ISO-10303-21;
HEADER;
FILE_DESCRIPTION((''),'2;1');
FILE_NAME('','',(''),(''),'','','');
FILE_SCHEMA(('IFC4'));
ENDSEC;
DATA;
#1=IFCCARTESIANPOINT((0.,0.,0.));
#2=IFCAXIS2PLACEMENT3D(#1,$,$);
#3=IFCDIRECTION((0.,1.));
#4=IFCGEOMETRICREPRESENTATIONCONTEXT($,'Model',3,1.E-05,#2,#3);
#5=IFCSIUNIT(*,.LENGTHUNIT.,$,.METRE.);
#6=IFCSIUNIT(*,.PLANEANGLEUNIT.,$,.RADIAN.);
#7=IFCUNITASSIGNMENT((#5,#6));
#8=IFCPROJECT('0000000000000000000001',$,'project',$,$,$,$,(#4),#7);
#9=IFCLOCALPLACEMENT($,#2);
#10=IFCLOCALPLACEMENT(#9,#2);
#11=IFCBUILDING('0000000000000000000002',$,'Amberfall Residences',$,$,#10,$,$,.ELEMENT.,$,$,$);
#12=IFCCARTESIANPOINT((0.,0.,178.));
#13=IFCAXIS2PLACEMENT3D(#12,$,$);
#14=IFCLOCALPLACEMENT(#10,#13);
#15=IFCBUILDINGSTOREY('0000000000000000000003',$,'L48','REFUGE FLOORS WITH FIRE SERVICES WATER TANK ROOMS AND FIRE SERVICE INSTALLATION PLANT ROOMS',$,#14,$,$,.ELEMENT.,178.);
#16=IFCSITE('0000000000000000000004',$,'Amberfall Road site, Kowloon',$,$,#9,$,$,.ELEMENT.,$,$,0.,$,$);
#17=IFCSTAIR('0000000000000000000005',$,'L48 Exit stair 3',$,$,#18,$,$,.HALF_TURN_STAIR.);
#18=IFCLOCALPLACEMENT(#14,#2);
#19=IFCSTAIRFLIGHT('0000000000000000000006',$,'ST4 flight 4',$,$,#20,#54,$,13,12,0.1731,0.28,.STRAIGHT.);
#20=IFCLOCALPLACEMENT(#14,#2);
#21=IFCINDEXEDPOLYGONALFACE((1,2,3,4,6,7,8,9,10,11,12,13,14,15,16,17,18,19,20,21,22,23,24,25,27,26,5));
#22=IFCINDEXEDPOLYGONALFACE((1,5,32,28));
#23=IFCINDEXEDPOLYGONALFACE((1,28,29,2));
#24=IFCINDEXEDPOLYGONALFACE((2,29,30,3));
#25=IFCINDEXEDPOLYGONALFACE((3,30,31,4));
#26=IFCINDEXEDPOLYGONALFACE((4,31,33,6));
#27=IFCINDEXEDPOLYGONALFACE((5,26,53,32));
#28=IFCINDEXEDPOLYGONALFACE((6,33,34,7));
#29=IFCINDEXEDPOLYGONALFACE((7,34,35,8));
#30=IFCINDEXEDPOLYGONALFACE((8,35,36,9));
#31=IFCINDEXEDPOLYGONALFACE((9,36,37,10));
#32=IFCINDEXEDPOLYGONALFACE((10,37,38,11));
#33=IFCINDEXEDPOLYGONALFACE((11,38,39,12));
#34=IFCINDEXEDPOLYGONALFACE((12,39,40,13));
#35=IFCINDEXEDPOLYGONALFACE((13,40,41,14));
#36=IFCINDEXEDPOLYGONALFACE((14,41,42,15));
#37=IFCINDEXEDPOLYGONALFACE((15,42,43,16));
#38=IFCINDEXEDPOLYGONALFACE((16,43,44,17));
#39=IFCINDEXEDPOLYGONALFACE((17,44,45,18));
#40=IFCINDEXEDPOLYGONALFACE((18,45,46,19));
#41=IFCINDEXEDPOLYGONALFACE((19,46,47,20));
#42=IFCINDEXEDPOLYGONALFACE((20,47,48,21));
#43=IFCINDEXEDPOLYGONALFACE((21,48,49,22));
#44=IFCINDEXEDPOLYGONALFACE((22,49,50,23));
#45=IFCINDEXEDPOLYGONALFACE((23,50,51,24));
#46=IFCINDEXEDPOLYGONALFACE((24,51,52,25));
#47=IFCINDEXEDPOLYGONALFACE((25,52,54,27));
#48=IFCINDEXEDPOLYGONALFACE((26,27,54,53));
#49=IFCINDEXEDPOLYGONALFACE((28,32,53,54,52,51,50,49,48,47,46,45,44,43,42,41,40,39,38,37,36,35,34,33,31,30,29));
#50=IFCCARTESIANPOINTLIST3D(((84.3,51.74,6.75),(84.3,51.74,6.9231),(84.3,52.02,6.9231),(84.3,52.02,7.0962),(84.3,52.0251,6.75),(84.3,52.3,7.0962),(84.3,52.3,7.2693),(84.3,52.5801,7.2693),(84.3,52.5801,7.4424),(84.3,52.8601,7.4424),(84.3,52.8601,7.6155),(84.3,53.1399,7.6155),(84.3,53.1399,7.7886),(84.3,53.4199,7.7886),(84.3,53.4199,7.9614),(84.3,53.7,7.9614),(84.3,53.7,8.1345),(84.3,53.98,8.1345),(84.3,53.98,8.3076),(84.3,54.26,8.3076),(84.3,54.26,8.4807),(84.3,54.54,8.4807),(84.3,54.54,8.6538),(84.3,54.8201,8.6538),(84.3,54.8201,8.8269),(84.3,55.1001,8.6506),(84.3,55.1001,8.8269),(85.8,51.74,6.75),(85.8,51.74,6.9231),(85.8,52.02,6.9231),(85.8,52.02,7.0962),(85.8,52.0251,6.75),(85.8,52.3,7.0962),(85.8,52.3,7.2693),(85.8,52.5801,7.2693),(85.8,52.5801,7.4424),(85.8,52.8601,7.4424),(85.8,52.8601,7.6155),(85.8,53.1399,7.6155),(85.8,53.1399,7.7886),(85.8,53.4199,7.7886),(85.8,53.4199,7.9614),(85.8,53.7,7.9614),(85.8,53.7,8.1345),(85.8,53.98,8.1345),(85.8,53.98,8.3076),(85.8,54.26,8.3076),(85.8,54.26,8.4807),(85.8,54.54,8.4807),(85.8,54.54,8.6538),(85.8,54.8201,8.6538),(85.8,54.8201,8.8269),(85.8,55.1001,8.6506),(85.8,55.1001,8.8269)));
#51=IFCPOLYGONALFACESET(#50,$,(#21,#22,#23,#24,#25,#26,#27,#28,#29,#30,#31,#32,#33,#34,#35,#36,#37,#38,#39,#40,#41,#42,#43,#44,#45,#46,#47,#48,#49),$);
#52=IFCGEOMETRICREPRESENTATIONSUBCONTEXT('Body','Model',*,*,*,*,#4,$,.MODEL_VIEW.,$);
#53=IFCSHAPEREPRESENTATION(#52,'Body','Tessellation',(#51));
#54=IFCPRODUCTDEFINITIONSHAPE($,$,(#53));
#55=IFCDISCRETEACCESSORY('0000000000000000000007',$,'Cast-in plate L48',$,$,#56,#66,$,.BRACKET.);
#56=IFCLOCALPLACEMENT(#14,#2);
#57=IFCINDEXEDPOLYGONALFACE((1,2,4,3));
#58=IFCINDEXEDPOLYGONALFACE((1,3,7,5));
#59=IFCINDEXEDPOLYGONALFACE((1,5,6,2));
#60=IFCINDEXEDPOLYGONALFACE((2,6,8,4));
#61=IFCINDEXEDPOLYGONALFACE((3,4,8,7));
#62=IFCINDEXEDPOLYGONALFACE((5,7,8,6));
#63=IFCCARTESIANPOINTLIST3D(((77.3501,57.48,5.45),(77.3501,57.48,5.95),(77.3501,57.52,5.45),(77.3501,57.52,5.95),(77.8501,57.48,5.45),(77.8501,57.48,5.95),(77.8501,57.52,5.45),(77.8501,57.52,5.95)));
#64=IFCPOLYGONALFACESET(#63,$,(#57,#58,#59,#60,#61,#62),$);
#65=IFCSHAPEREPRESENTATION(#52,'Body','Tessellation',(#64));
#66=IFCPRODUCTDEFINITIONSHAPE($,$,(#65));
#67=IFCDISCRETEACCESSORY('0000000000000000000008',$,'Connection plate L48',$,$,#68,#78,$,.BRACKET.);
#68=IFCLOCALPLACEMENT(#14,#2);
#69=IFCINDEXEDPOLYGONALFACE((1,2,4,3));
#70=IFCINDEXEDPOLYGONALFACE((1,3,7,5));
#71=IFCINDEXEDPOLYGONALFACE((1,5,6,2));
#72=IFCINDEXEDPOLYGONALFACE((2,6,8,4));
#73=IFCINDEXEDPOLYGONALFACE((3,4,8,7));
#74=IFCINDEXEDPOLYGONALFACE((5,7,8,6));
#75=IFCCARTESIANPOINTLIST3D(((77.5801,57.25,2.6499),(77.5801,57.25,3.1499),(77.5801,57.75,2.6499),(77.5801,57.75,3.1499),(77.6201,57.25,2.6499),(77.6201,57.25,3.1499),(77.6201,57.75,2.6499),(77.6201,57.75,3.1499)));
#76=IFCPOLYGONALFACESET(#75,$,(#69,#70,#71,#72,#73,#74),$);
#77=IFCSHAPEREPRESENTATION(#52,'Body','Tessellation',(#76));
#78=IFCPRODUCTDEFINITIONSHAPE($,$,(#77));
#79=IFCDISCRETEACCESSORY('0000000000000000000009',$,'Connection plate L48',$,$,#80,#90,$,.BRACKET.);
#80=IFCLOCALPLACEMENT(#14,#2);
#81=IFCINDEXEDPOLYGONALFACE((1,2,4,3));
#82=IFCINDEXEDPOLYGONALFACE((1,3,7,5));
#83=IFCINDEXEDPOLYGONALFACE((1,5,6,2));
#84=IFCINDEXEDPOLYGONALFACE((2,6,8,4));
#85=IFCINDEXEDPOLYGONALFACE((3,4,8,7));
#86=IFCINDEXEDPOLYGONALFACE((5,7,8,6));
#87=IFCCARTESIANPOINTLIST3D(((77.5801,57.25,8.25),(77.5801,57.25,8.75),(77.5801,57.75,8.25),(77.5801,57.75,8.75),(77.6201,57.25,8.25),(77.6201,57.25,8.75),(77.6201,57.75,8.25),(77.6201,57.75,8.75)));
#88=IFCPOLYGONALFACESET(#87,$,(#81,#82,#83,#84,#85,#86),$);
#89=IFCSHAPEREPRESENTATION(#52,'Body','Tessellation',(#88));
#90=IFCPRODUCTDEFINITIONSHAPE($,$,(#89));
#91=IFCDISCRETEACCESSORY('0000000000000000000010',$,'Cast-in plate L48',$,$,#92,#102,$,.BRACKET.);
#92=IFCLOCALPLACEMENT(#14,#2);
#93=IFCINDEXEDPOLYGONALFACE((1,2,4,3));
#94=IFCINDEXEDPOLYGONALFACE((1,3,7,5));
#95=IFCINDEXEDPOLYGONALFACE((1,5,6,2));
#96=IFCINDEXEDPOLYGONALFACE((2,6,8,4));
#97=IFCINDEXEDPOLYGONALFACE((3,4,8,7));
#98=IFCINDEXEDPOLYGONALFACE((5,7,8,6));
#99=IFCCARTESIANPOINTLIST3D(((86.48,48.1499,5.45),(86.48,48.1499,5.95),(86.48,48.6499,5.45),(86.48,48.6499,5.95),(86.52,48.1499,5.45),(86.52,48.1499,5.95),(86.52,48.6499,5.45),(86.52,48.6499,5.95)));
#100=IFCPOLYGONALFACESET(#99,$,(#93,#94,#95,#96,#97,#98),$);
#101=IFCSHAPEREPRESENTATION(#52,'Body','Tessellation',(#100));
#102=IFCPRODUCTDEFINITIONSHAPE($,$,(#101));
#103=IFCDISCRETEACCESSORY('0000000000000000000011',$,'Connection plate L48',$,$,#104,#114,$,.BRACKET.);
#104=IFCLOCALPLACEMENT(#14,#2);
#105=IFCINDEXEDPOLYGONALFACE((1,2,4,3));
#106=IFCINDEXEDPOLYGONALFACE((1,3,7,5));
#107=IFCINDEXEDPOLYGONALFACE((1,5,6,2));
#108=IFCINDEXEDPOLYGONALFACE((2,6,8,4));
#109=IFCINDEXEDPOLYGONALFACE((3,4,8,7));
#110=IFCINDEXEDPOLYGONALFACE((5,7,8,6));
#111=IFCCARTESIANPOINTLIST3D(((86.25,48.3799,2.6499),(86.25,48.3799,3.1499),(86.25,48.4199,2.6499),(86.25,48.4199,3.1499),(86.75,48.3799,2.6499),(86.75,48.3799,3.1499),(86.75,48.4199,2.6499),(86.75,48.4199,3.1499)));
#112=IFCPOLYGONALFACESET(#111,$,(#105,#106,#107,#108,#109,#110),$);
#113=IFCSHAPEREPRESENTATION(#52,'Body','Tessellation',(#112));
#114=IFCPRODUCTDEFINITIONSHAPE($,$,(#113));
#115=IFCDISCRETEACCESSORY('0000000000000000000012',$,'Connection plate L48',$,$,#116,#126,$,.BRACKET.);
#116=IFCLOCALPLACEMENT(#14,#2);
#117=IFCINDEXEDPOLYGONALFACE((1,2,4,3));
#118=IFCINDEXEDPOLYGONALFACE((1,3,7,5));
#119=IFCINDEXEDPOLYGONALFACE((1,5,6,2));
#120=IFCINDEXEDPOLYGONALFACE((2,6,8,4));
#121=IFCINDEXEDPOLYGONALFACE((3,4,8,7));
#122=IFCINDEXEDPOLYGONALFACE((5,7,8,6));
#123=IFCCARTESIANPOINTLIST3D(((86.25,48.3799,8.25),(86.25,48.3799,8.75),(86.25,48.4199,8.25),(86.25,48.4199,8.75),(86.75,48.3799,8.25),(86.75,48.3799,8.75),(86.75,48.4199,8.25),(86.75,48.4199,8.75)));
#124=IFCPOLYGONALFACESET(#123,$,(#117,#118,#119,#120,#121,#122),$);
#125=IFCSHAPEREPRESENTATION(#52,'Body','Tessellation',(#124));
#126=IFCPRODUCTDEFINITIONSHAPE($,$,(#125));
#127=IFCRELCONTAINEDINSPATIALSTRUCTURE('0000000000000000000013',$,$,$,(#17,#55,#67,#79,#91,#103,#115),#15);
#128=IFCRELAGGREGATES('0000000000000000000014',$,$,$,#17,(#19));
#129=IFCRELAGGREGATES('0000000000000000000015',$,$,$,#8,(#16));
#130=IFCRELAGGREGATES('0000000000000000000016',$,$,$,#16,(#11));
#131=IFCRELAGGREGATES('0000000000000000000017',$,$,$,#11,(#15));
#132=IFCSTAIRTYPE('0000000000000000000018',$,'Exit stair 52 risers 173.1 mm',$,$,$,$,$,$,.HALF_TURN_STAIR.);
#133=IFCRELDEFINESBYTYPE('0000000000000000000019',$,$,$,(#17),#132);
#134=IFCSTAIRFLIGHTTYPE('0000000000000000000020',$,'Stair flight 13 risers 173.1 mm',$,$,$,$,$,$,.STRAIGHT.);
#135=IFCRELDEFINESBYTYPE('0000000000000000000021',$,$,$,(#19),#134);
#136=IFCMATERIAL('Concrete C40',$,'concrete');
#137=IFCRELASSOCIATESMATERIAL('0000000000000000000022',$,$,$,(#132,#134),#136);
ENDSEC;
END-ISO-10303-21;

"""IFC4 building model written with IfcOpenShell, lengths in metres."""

from ifc_helpers import new_model, si_unit, direction, frame, origin, origin_2d, place, context, subcontext, project, spatial, polyline, rectangle, outline, extrude, material, type_object, element, aggregate, save


model = new_model("IFC4")

# Units and contexts
model_context = context("Model", 3, precision=1e-05, world=origin(), true_north=direction((0.0, 1.0)))
body_context = subcontext(model_context, "Body", "Model", "MODEL_VIEW")
ifc_project = project(units=[si_unit("LENGTHUNIT", "METRE"), si_unit("PLANEANGLEUNIT", "RADIAN")], contexts=[model_context])

# Site, building, storey
site_placement = place(None, origin())
site = spatial("IfcSite", under=ifc_project, at=site_placement, Name="Amberfall Road site, Kowloon", CompositionType="ELEMENT", RefElevation=0.0)
building_placement = place(site_placement, origin())
building = spatial("IfcBuilding", under=site, at=building_placement, Name="Amberfall Residences", CompositionType="ELEMENT")
storey_placement = place(building_placement, frame((0.0, 0.0, 178.0)))
storey = spatial("IfcBuildingStorey", under=building, at=storey_placement, Name="L48", Description="REFUGE FLOORS WITH FIRE SERVICES WATER TANK ROOMS AND FIRE SERVICE INSTALLATION PLANT ROOMS", CompositionType="ELEMENT", Elevation=178.0)

# Shared definitions
ifc_material_1 = material(Name="Concrete C40", Category="concrete")

# Stair, stair flight
stair_type = type_object("IfcStairType", Name="Exit stair 52 risers 173.1 mm", PredefinedType="HALF_TURN_STAIR", material=ifc_material_1)
stair_placement = place(storey_placement, origin())
stair = element("IfcStair", 1, at=stair_placement, inside=storey, type_object=stair_type, Name="L48 Exit stair 3", PredefinedType="HALF_TURN_STAIR")
stair_flight_type = type_object("IfcStairFlightType", Name="Stair flight 13 risers 173.1 mm", PredefinedType="STRAIGHT", material=ifc_material_1)
stair_flight_1_placement = place(storey_placement, frame((85.05, 51.74, 6.75), z_axis=(0.0, 0.0, 1.0), x_axis=(0.0, 1.0, 0.0)))
stair_flight_1 = element("IfcStairFlight", 2, at=stair_flight_1_placement, type_object=stair_flight_type, Name="ST4 flight 4", NumberOfRisers=13, NumberOfTreads=12, PredefinedType="STRAIGHT", RiserHeight=0.1731, TreadLength=0.28, context=body_context, shape_type="SweptSolid", body=[
    extrude(outline(polyline([(0.0, 0.0), (0.0, 0.1731), (0.28, 0.1731), (0.28, 0.3462), (0.5601, 0.3462), (0.5601, 0.5193), (0.8401, 0.5193), (0.8401, 0.6924), (1.1201, 0.6924), (1.1201, 0.8655), (1.3999, 0.8655), (1.3999, 1.0386), (1.6799, 1.0386), (1.6799, 1.2114), (1.96, 1.2114), (1.96, 1.3845), (2.24, 1.3845), (2.24, 1.5576), (2.52, 1.5576), (2.52, 1.7307), (2.8, 1.7307), (2.8, 1.9038), (3.0801, 1.9038), (3.0801, 2.0769), (3.3601, 2.0769), (3.3601, 2.25), (3.3601, 1.9006), (0.2852, 0.0), (0.0, 0.0)])), frame((0.0, 0.75, 0.0), z_axis=(0.0, -1.0, 0.0), x_axis=(1.0, 0.0, 0.0)), (0.0, 0.0, 1.0), 1.5),
])
aggregate(stair, [stair_flight_1])

# Discrete accessories
discrete_accessory_1_placement = place(storey_placement, frame((77.6001, 57.5, 5.45), z_axis=(0.0, 0.0, 1.0), x_axis=(0.0, 1.0, 0.0)))
element("IfcDiscreteAccessory", 3, at=discrete_accessory_1_placement, inside=storey, Name="Cast-in plate L48", PredefinedType="BRACKET", context=body_context, shape_type="SweptSolid", body=[
    extrude(rectangle(XDim=0.04, YDim=0.5, at=origin_2d()), origin(), (0.0, 0.0, 1.0), 0.5),
])
for number, where, z_axis, x_axis, name in (
    (4, (77.6001, 57.5, 2.6499), (0.0, 0.0, 1.0), (0.0, 1.0, 0.0), "Connection plate L48"),
    (5, (77.6001, 57.5, 8.25), (0.0, 0.0, 1.0), (0.0, 1.0, 0.0), "Connection plate L48"),
):
    element("IfcDiscreteAccessory", number, at=place(storey_placement, frame(where, z_axis=z_axis, x_axis=x_axis)), inside=storey, Name=name, PredefinedType="BRACKET", context=body_context, shape_type="SweptSolid", body=[
        extrude(rectangle(XDim=0.5, YDim=0.04, at=origin_2d()), origin(), (0.0, 0.0, 1.0), 0.5),
    ])
discrete_accessory_2_placement = place(storey_placement, frame((86.5, 48.3999, 5.45), z_axis=(0.0, 0.0, 1.0), x_axis=(1.0, 0.0, 0.0)))
element("IfcDiscreteAccessory", 6, at=discrete_accessory_2_placement, inside=storey, Name="Cast-in plate L48", PredefinedType="BRACKET", context=body_context, shape_type="SweptSolid", body=[
    extrude(rectangle(XDim=0.04, YDim=0.5, at=origin_2d()), origin(), (0.0, 0.0, 1.0), 0.5),
])
for number, where, z_axis, x_axis, name in (
    (7, (86.5, 48.3999, 2.6499), (0.0, 0.0, 1.0), (1.0, 0.0, 0.0), "Connection plate L48"),
    (8, (86.5, 48.3999, 8.25), (0.0, 0.0, 1.0), (1.0, 0.0, 0.0), "Connection plate L48"),
):
    element("IfcDiscreteAccessory", number, at=place(storey_placement, frame(where, z_axis=z_axis, x_axis=x_axis)), inside=storey, Name=name, PredefinedType="BRACKET", context=body_context, shape_type="SweptSolid", body=[
        extrude(rectangle(XDim=0.5, YDim=0.04, at=origin_2d()), origin(), (0.0, 0.0, 1.0), 0.5),
    ])

save(model, "model.ifc")
